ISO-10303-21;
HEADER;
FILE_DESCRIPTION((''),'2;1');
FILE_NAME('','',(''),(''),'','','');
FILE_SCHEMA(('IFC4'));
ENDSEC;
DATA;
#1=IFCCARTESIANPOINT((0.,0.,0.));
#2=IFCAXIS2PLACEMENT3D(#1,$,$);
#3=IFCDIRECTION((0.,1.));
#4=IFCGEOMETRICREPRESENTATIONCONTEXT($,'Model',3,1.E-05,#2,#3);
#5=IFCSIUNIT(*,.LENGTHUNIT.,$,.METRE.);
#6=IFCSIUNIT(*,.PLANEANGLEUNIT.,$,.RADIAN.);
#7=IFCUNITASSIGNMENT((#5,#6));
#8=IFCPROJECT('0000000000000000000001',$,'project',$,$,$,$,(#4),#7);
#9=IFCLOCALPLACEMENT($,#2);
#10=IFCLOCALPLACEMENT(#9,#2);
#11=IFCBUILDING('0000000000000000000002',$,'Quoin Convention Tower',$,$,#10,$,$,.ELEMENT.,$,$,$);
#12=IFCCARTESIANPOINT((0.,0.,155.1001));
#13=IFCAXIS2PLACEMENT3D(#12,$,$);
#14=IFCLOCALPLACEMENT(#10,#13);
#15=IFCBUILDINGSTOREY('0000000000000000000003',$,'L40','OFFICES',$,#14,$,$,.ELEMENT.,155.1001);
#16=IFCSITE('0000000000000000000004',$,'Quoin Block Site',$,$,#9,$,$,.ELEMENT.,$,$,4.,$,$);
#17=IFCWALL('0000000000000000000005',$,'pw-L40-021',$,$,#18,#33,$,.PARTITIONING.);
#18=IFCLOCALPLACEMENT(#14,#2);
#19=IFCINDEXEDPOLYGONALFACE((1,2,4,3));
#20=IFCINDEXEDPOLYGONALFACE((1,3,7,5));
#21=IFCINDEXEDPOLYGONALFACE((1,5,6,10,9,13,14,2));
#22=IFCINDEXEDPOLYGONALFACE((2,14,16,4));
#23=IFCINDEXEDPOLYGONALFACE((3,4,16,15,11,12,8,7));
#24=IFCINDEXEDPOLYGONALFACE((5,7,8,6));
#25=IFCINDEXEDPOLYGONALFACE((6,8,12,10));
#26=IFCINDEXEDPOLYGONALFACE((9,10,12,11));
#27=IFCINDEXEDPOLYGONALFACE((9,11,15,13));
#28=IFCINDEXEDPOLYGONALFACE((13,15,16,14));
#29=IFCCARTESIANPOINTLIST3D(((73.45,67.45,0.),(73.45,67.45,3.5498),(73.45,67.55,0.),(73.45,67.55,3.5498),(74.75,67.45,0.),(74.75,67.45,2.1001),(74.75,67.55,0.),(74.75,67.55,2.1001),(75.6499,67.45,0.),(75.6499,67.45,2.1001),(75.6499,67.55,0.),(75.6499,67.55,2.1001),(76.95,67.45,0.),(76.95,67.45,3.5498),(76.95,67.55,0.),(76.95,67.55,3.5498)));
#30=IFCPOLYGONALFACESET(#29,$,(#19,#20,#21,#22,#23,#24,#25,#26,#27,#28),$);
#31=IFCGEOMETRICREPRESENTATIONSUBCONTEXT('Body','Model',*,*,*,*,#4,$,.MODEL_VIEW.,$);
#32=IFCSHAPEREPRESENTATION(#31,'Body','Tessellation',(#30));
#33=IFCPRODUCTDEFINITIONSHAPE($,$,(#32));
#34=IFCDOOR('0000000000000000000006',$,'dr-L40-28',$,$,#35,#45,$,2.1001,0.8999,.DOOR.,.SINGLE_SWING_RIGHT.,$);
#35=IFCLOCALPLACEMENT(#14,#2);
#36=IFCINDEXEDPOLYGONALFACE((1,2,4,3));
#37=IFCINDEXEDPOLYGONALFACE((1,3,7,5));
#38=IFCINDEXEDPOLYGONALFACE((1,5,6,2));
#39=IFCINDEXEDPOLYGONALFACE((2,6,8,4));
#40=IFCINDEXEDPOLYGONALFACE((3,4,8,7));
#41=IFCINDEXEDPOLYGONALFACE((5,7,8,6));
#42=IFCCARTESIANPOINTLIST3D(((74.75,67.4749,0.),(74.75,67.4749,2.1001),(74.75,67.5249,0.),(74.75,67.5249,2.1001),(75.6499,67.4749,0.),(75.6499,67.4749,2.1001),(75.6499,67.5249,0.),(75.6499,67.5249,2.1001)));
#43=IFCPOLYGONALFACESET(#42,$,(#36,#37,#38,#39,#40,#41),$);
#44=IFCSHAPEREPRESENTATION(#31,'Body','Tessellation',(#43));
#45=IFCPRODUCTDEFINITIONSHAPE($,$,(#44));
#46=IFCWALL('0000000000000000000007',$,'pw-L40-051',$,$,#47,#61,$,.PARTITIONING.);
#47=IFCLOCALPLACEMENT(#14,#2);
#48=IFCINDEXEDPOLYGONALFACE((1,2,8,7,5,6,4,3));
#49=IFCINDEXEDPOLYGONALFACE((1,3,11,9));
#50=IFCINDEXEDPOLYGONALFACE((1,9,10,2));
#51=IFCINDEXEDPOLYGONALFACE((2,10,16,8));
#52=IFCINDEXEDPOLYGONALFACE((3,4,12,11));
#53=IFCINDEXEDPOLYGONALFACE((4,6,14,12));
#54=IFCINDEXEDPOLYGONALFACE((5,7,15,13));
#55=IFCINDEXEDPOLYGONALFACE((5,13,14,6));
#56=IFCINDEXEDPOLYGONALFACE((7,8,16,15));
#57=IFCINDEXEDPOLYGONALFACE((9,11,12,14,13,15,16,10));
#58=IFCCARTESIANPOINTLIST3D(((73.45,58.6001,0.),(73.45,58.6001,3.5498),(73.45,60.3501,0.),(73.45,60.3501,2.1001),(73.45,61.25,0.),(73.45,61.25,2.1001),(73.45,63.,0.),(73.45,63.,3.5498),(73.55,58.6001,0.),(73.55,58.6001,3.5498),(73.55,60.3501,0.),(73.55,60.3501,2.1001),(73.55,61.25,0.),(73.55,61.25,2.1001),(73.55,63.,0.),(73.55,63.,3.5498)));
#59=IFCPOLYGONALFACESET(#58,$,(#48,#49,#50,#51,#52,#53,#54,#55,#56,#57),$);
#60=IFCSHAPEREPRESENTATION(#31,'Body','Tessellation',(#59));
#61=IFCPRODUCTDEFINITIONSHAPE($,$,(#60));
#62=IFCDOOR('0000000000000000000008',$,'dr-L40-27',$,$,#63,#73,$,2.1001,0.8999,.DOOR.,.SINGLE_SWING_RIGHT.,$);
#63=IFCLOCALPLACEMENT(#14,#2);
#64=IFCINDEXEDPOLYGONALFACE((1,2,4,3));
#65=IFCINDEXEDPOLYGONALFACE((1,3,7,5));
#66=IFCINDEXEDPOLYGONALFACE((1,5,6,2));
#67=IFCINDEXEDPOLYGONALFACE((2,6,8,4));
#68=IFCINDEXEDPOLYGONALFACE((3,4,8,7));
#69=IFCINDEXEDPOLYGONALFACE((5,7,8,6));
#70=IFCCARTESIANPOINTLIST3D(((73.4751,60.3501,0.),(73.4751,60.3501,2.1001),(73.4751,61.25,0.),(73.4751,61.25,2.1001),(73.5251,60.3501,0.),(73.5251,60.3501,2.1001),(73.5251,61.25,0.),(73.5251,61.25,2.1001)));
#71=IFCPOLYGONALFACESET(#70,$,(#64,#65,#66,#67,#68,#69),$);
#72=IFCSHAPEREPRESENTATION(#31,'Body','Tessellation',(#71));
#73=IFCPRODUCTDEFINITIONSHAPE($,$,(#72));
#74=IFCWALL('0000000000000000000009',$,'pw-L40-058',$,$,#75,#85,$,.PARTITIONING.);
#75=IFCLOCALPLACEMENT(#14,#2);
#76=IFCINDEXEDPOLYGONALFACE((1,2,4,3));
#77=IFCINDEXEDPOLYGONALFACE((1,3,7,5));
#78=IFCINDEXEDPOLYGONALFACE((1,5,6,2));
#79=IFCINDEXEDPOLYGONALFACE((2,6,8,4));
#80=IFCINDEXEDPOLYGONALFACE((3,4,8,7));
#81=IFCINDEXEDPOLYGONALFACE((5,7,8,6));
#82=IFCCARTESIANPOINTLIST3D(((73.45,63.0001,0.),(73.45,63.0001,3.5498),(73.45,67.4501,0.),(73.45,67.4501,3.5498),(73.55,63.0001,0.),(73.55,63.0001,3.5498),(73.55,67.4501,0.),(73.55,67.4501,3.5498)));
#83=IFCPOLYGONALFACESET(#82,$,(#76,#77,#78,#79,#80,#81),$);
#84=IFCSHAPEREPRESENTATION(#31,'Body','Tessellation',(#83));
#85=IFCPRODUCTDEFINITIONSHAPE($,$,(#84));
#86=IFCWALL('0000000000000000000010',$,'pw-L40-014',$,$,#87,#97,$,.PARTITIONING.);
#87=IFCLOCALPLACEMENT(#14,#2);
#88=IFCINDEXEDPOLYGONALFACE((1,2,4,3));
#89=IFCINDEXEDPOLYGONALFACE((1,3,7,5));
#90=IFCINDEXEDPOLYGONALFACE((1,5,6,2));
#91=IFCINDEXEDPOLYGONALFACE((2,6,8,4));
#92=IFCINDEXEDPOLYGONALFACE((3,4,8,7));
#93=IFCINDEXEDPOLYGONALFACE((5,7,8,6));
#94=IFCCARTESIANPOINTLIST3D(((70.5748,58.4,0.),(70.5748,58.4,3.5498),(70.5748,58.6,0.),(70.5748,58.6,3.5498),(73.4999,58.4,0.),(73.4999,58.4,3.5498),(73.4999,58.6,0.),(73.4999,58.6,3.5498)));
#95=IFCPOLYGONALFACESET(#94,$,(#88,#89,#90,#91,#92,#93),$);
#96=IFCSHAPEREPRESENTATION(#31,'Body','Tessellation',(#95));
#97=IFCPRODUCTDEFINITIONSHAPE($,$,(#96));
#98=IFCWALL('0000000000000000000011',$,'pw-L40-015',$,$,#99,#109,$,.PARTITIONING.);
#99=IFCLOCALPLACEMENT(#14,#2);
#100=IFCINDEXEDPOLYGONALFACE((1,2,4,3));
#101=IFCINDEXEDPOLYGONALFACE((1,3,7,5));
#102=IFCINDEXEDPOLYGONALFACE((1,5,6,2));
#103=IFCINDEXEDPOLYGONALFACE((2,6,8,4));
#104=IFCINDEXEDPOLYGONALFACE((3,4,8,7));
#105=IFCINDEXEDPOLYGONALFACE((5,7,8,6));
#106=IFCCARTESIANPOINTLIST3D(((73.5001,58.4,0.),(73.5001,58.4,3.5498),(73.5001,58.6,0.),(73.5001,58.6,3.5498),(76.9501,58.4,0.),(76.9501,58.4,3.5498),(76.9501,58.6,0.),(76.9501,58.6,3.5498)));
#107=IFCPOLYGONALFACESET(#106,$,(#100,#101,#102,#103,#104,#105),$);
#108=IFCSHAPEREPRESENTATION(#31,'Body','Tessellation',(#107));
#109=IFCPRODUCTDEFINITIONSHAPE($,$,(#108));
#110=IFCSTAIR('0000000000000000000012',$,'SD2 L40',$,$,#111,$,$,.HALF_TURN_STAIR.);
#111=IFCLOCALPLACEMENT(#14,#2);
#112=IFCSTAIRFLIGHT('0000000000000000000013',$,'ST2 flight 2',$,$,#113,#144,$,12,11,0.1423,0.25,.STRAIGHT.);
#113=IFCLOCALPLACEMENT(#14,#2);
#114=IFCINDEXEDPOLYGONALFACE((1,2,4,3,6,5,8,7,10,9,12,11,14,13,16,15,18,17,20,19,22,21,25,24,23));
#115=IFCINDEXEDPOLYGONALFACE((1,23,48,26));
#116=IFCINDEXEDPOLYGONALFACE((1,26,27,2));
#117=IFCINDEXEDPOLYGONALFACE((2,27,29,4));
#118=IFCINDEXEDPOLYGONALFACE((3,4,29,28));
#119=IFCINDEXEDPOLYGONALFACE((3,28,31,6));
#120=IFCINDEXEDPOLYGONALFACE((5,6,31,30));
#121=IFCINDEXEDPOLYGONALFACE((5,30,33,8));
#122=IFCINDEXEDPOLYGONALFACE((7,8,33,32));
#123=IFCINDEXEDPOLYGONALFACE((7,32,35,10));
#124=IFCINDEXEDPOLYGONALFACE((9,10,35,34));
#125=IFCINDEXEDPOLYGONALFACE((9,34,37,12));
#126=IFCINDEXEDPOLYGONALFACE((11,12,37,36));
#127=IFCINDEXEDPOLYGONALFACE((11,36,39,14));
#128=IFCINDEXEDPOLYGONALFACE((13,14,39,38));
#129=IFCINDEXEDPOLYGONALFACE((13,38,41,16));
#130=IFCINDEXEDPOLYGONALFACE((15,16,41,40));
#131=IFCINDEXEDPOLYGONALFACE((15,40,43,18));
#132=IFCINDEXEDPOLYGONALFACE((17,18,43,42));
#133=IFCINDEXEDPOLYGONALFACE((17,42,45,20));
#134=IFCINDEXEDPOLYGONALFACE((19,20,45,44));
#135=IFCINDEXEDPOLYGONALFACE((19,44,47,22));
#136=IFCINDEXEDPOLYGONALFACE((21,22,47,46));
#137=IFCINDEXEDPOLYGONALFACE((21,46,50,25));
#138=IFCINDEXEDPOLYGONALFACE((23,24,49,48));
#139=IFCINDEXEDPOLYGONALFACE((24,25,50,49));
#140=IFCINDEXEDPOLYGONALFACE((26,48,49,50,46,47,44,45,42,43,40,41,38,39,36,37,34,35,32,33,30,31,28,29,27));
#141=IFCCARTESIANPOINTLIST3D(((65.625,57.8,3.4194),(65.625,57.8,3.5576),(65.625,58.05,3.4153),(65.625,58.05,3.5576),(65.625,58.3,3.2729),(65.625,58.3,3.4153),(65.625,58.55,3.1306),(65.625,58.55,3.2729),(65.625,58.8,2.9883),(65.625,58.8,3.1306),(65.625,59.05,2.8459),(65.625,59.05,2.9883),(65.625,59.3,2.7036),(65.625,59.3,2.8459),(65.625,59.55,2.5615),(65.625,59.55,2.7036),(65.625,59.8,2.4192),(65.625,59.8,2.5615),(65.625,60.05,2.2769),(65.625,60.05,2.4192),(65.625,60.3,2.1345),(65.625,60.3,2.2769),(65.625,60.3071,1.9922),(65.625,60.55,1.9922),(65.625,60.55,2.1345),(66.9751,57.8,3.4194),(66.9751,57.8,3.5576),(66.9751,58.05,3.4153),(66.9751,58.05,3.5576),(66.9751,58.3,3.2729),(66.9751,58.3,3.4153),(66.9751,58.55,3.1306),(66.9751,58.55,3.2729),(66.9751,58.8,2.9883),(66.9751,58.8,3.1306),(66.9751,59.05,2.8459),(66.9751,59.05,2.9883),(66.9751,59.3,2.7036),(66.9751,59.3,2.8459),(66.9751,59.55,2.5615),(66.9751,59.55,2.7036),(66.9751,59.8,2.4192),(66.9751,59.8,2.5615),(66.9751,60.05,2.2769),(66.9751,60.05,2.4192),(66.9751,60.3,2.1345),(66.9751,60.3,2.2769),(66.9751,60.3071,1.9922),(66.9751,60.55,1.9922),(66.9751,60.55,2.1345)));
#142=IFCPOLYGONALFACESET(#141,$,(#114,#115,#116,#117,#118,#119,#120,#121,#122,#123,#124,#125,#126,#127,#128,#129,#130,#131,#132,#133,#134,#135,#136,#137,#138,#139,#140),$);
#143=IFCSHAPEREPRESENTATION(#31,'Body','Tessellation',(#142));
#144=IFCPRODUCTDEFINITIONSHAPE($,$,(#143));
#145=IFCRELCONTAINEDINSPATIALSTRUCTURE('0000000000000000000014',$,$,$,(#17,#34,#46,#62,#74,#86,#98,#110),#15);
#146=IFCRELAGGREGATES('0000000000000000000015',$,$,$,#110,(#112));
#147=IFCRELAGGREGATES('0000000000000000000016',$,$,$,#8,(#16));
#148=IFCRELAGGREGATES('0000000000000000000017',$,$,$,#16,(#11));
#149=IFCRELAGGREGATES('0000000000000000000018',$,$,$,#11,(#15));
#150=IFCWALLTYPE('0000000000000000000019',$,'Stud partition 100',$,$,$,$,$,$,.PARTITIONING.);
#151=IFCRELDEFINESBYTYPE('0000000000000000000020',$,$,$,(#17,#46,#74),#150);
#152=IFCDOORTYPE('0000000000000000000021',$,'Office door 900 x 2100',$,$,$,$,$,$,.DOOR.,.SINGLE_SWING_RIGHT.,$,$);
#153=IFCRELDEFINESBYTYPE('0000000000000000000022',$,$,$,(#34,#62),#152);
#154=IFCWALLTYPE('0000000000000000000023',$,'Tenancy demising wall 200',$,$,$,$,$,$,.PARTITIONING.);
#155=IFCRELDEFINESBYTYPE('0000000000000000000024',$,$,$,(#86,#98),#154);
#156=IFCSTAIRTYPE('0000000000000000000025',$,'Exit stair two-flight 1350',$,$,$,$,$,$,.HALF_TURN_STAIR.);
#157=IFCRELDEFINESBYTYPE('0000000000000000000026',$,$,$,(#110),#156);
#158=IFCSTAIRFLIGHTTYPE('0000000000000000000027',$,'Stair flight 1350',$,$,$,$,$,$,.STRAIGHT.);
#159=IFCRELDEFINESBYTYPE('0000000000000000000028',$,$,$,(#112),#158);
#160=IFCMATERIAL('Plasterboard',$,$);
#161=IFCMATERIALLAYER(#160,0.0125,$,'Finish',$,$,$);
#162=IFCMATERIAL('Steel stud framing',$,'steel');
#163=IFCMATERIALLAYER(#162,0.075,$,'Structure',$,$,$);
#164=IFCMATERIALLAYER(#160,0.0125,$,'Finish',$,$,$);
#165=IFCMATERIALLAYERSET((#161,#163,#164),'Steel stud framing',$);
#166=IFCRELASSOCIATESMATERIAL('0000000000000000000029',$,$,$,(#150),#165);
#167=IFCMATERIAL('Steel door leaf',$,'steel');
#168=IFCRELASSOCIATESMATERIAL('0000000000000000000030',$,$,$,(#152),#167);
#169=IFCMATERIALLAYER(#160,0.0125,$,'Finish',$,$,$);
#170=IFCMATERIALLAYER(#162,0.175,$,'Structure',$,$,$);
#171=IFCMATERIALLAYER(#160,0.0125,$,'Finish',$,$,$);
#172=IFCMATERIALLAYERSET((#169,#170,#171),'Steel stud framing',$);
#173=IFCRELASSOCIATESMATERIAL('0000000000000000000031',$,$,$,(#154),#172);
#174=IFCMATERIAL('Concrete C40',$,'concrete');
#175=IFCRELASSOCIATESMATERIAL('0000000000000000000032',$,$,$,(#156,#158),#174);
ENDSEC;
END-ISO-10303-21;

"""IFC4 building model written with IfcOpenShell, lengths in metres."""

from ifc_helpers import new_model, si_unit, direction, frame, frame_2d, origin, place, context, subcontext, project, spatial, polyline, rectangle, outline, extrude, material, layer, layer_set, type_object, element, fill, aggregate, save


model = new_model("IFC4")

# Units and contexts
model_context = context("Model", 3, precision=1e-05, world=origin(), true_north=direction((0.0, 1.0)))
body_context = subcontext(model_context, "Body", "Model", "MODEL_VIEW")
ifc_project = project(units=[si_unit("LENGTHUNIT", "METRE"), si_unit("PLANEANGLEUNIT", "RADIAN")], contexts=[model_context])

# Site, building, storey
site_placement = place(None, origin())
site = spatial("IfcSite", under=ifc_project, at=site_placement, Name="Quoin Block Site", CompositionType="ELEMENT", RefElevation=4.0)
building_placement = place(site_placement, origin())
building = spatial("IfcBuilding", under=site, at=building_placement, Name="Quoin Convention Tower", CompositionType="ELEMENT")
storey_placement = place(building_placement, frame((0.0, 0.0, 155.1001)))
storey = spatial("IfcBuildingStorey", under=building, at=storey_placement, Name="L40", Description="OFFICES", CompositionType="ELEMENT", Elevation=155.1001)

# Shared definitions
ifc_material_1 = material(Name="Plasterboard")
ifc_material_2 = material(Name="Steel stud framing", Category="steel")
ifc_material_3 = material(Name="Steel door leaf", Category="steel")

# Shared definitions
ifc_layer_1 = layer(ifc_material_1, 0.0125, Name="Finish")
ifc_layer_2 = layer(ifc_material_2, 0.075, Name="Structure")
ifc_layer_3 = layer(ifc_material_1, 0.0125, Name="Finish")
ifc_layer_set_1 = layer_set([ifc_layer_1, ifc_layer_2, ifc_layer_3], Name="Steel stud framing")
wall_type_1 = type_object("IfcWallType", Name="Stud partition 100", PredefinedType="PARTITIONING", material=ifc_layer_set_1)

# Walls, openings, doors
wall_1_placement = place(storey_placement, frame((73.45, 67.5, 0.0), z_axis=(0.0, 0.0, 1.0), x_axis=(1.0, 0.0, 0.0)))
wall_1 = element("IfcWall", 1, at=wall_1_placement, inside=storey, type_object=wall_type_1, Name="pw-L40-021", PredefinedType="PARTITIONING", context=body_context, shape_type="SweptSolid", body=[
    extrude(rectangle(XDim=3.5, YDim=0.1001, at=frame_2d((1.75, 0.0))), origin(), (0.0, 0.0, 1.0), 3.5498),
])
opening_1_placement = place(wall_1_placement, frame((1.3, 0.0, 0.0)))
opening_1 = element("IfcOpeningElement", 2, at=opening_1_placement, cuts=wall_1, PredefinedType="OPENING", context=body_context, shape_type="SweptSolid", body=[
    extrude(rectangle(XDim=0.8999, YDim=2.1001, at=frame_2d((0.45, 1.05))), frame((0.0, 0.0601, 0.0), z_axis=(0.0, -1.0, 0.0), x_axis=(1.0, 0.0, 0.0)), (0.0, 0.0, 1.0), 0.1201),
])
door_type_1 = type_object("IfcDoorType", Name="Office door 900 x 2100", OperationType="SINGLE_SWING_RIGHT", PredefinedType="DOOR", material=ifc_material_3)
door_1_placement = place(opening_1_placement, origin())
door_1 = element("IfcDoor", 3, at=door_1_placement, inside=storey, type_object=door_type_1, Name="dr-L40-28", OperationType="SINGLE_SWING_RIGHT", OverallHeight=2.1001, OverallWidth=0.8999, PredefinedType="DOOR", context=body_context, shape_type="SweptSolid", body=[
    extrude(rectangle(XDim=0.8999, YDim=2.1001, at=frame_2d((0.45, 1.05))), frame((0.0, 0.0249, 0.0), z_axis=(0.0, -1.0, 0.0), x_axis=(1.0, 0.0, 0.0)), (0.0, 0.0, 1.0), 0.05),
])
fill(opening_1, door_1)
wall_2_placement = place(storey_placement, frame((73.5, 58.6001, 0.0), z_axis=(0.0, 0.0, 1.0), x_axis=(0.0, 1.0, 0.0)))
wall_2 = element("IfcWall", 4, at=wall_2_placement, inside=storey, type_object=wall_type_1, Name="pw-L40-051", PredefinedType="PARTITIONING", context=body_context, shape_type="SweptSolid", body=[
    extrude(rectangle(XDim=4.3999, YDim=0.1001, at=frame_2d((2.2, 0.0))), origin(), (0.0, 0.0, 1.0), 3.5498),
])
opening_2_placement = place(wall_2_placement, frame((1.75, 0.0, 0.0)))
opening_2 = element("IfcOpeningElement", 5, at=opening_2_placement, cuts=wall_2, PredefinedType="OPENING", context=body_context, shape_type="SweptSolid", body=[
    extrude(rectangle(XDim=0.8999, YDim=2.1001, at=frame_2d((0.45, 1.05))), frame((0.0, 0.0601, 0.0), z_axis=(0.0, -1.0, 0.0), x_axis=(1.0, 0.0, 0.0)), (0.0, 0.0, 1.0), 0.1201),
])
door_2_placement = place(opening_2_placement, origin())
door_2 = element("IfcDoor", 6, at=door_2_placement, inside=storey, type_object=door_type_1, Name="dr-L40-27", OperationType="SINGLE_SWING_RIGHT", OverallHeight=2.1001, OverallWidth=0.8999, PredefinedType="DOOR", context=body_context, shape_type="SweptSolid", body=[
    extrude(rectangle(XDim=0.8999, YDim=2.1001, at=frame_2d((0.45, 1.05))), frame((0.0, 0.0249, 0.0), z_axis=(0.0, -1.0, 0.0), x_axis=(1.0, 0.0, 0.0)), (0.0, 0.0, 1.0), 0.05),
])
fill(opening_2, door_2)

# Walls
wall_3_placement = place(storey_placement, frame((73.5, 63.0, 0.0), z_axis=(0.0, 0.0, 1.0), x_axis=(0.0, 1.0, 0.0)))
element("IfcWall", 7, at=wall_3_placement, inside=storey, type_object=wall_type_1, Name="pw-L40-058", PredefinedType="PARTITIONING", context=body_context, shape_type="SweptSolid", body=[
    extrude(rectangle(XDim=4.45, YDim=0.1001, at=frame_2d((2.2251, 0.0))), origin(), (0.0, 0.0, 1.0), 3.5498),
])
ifc_layer_4 = layer(ifc_material_1, 0.0125, Name="Finish")
ifc_layer_5 = layer(ifc_material_2, 0.175, Name="Structure")
ifc_layer_6 = layer(ifc_material_1, 0.0125, Name="Finish")
ifc_layer_set_2 = layer_set([ifc_layer_4, ifc_layer_5, ifc_layer_6], Name="Steel stud framing")
wall_type_2 = type_object("IfcWallType", Name="Tenancy demising wall 200", PredefinedType="PARTITIONING", material=ifc_layer_set_2)
wall_4_placement = place(storey_placement, frame((70.575, 58.5, 0.0), z_axis=(0.0, 0.0, 1.0), x_axis=(1.0, 0.0, 0.0)))
element("IfcWall", 8, at=wall_4_placement, inside=storey, type_object=wall_type_2, Name="pw-L40-014", PredefinedType="PARTITIONING", context=body_context, shape_type="SweptSolid", body=[
    extrude(rectangle(XDim=2.925, YDim=0.2, at=frame_2d((1.4624, 0.0))), origin(), (0.0, 0.0, 1.0), 3.5498),
])
wall_5_placement = place(storey_placement, frame((73.5, 58.5, 0.0), z_axis=(0.0, 0.0, 1.0), x_axis=(1.0, 0.0, 0.0)))
element("IfcWall", 9, at=wall_5_placement, inside=storey, type_object=wall_type_2, Name="pw-L40-015", PredefinedType="PARTITIONING", context=body_context, shape_type="SweptSolid", body=[
    extrude(rectangle(XDim=3.45, YDim=0.2, at=frame_2d((1.7251, 0.0))), origin(), (0.0, 0.0, 1.0), 3.5498),
])

# Stair, stair flight
ifc_material_4 = material(Name="Concrete C40", Category="concrete")
stair_type = type_object("IfcStairType", Name="Exit stair two-flight 1350", PredefinedType="HALF_TURN_STAIR", material=ifc_material_4)
stair_placement = place(storey_placement, origin())
stair = element("IfcStair", 10, at=stair_placement, inside=storey, type_object=stair_type, Name="SD2 L40", PredefinedType="HALF_TURN_STAIR")
stair_flight_type = type_object("IfcStairFlightType", Name="Stair flight 1350", PredefinedType="STRAIGHT", material=ifc_material_4)
stair_flight_placement = place(storey_placement, frame((66.3, 60.55, 1.9922), z_axis=(0.0, 0.0, 1.0), x_axis=(0.0, -1.0, 0.0)))
stair_flight = element("IfcStairFlight", 11, at=stair_flight_placement, type_object=stair_flight_type, Name="ST2 flight 2", NumberOfRisers=12, NumberOfTreads=11, PredefinedType="STRAIGHT", RiserHeight=0.1423, TreadLength=0.25, context=body_context, shape_type="SweptSolid", body=[
    extrude(outline(polyline([(0.0, 0.0), (0.0, 0.1423), (0.25, 0.1423), (0.25, 0.2847), (0.5, 0.2847), (0.5, 0.427), (0.75, 0.427), (0.75, 0.5693), (1.0, 0.5693), (1.0, 0.7114), (1.25, 0.7114), (1.25, 0.8538), (1.5, 0.8538), (1.5, 0.9961), (1.75, 0.9961), (1.75, 1.1384), (2.0, 1.1384), (2.0, 1.2808), (2.25, 1.2808), (2.25, 1.4231), (2.5, 1.4231), (2.5, 1.5654), (2.75, 1.5654), (2.75, 1.7078), (2.75, 1.4272), (0.2429, 0.0), (0.0, 0.0)])), frame((0.0, 0.675, 0.0), z_axis=(0.0, -1.0, 0.0), x_axis=(1.0, 0.0, 0.0)), (0.0, 0.0, 1.0), 1.3501),
])
aggregate(stair, [stair_flight])

save(model, "model.ifc")
